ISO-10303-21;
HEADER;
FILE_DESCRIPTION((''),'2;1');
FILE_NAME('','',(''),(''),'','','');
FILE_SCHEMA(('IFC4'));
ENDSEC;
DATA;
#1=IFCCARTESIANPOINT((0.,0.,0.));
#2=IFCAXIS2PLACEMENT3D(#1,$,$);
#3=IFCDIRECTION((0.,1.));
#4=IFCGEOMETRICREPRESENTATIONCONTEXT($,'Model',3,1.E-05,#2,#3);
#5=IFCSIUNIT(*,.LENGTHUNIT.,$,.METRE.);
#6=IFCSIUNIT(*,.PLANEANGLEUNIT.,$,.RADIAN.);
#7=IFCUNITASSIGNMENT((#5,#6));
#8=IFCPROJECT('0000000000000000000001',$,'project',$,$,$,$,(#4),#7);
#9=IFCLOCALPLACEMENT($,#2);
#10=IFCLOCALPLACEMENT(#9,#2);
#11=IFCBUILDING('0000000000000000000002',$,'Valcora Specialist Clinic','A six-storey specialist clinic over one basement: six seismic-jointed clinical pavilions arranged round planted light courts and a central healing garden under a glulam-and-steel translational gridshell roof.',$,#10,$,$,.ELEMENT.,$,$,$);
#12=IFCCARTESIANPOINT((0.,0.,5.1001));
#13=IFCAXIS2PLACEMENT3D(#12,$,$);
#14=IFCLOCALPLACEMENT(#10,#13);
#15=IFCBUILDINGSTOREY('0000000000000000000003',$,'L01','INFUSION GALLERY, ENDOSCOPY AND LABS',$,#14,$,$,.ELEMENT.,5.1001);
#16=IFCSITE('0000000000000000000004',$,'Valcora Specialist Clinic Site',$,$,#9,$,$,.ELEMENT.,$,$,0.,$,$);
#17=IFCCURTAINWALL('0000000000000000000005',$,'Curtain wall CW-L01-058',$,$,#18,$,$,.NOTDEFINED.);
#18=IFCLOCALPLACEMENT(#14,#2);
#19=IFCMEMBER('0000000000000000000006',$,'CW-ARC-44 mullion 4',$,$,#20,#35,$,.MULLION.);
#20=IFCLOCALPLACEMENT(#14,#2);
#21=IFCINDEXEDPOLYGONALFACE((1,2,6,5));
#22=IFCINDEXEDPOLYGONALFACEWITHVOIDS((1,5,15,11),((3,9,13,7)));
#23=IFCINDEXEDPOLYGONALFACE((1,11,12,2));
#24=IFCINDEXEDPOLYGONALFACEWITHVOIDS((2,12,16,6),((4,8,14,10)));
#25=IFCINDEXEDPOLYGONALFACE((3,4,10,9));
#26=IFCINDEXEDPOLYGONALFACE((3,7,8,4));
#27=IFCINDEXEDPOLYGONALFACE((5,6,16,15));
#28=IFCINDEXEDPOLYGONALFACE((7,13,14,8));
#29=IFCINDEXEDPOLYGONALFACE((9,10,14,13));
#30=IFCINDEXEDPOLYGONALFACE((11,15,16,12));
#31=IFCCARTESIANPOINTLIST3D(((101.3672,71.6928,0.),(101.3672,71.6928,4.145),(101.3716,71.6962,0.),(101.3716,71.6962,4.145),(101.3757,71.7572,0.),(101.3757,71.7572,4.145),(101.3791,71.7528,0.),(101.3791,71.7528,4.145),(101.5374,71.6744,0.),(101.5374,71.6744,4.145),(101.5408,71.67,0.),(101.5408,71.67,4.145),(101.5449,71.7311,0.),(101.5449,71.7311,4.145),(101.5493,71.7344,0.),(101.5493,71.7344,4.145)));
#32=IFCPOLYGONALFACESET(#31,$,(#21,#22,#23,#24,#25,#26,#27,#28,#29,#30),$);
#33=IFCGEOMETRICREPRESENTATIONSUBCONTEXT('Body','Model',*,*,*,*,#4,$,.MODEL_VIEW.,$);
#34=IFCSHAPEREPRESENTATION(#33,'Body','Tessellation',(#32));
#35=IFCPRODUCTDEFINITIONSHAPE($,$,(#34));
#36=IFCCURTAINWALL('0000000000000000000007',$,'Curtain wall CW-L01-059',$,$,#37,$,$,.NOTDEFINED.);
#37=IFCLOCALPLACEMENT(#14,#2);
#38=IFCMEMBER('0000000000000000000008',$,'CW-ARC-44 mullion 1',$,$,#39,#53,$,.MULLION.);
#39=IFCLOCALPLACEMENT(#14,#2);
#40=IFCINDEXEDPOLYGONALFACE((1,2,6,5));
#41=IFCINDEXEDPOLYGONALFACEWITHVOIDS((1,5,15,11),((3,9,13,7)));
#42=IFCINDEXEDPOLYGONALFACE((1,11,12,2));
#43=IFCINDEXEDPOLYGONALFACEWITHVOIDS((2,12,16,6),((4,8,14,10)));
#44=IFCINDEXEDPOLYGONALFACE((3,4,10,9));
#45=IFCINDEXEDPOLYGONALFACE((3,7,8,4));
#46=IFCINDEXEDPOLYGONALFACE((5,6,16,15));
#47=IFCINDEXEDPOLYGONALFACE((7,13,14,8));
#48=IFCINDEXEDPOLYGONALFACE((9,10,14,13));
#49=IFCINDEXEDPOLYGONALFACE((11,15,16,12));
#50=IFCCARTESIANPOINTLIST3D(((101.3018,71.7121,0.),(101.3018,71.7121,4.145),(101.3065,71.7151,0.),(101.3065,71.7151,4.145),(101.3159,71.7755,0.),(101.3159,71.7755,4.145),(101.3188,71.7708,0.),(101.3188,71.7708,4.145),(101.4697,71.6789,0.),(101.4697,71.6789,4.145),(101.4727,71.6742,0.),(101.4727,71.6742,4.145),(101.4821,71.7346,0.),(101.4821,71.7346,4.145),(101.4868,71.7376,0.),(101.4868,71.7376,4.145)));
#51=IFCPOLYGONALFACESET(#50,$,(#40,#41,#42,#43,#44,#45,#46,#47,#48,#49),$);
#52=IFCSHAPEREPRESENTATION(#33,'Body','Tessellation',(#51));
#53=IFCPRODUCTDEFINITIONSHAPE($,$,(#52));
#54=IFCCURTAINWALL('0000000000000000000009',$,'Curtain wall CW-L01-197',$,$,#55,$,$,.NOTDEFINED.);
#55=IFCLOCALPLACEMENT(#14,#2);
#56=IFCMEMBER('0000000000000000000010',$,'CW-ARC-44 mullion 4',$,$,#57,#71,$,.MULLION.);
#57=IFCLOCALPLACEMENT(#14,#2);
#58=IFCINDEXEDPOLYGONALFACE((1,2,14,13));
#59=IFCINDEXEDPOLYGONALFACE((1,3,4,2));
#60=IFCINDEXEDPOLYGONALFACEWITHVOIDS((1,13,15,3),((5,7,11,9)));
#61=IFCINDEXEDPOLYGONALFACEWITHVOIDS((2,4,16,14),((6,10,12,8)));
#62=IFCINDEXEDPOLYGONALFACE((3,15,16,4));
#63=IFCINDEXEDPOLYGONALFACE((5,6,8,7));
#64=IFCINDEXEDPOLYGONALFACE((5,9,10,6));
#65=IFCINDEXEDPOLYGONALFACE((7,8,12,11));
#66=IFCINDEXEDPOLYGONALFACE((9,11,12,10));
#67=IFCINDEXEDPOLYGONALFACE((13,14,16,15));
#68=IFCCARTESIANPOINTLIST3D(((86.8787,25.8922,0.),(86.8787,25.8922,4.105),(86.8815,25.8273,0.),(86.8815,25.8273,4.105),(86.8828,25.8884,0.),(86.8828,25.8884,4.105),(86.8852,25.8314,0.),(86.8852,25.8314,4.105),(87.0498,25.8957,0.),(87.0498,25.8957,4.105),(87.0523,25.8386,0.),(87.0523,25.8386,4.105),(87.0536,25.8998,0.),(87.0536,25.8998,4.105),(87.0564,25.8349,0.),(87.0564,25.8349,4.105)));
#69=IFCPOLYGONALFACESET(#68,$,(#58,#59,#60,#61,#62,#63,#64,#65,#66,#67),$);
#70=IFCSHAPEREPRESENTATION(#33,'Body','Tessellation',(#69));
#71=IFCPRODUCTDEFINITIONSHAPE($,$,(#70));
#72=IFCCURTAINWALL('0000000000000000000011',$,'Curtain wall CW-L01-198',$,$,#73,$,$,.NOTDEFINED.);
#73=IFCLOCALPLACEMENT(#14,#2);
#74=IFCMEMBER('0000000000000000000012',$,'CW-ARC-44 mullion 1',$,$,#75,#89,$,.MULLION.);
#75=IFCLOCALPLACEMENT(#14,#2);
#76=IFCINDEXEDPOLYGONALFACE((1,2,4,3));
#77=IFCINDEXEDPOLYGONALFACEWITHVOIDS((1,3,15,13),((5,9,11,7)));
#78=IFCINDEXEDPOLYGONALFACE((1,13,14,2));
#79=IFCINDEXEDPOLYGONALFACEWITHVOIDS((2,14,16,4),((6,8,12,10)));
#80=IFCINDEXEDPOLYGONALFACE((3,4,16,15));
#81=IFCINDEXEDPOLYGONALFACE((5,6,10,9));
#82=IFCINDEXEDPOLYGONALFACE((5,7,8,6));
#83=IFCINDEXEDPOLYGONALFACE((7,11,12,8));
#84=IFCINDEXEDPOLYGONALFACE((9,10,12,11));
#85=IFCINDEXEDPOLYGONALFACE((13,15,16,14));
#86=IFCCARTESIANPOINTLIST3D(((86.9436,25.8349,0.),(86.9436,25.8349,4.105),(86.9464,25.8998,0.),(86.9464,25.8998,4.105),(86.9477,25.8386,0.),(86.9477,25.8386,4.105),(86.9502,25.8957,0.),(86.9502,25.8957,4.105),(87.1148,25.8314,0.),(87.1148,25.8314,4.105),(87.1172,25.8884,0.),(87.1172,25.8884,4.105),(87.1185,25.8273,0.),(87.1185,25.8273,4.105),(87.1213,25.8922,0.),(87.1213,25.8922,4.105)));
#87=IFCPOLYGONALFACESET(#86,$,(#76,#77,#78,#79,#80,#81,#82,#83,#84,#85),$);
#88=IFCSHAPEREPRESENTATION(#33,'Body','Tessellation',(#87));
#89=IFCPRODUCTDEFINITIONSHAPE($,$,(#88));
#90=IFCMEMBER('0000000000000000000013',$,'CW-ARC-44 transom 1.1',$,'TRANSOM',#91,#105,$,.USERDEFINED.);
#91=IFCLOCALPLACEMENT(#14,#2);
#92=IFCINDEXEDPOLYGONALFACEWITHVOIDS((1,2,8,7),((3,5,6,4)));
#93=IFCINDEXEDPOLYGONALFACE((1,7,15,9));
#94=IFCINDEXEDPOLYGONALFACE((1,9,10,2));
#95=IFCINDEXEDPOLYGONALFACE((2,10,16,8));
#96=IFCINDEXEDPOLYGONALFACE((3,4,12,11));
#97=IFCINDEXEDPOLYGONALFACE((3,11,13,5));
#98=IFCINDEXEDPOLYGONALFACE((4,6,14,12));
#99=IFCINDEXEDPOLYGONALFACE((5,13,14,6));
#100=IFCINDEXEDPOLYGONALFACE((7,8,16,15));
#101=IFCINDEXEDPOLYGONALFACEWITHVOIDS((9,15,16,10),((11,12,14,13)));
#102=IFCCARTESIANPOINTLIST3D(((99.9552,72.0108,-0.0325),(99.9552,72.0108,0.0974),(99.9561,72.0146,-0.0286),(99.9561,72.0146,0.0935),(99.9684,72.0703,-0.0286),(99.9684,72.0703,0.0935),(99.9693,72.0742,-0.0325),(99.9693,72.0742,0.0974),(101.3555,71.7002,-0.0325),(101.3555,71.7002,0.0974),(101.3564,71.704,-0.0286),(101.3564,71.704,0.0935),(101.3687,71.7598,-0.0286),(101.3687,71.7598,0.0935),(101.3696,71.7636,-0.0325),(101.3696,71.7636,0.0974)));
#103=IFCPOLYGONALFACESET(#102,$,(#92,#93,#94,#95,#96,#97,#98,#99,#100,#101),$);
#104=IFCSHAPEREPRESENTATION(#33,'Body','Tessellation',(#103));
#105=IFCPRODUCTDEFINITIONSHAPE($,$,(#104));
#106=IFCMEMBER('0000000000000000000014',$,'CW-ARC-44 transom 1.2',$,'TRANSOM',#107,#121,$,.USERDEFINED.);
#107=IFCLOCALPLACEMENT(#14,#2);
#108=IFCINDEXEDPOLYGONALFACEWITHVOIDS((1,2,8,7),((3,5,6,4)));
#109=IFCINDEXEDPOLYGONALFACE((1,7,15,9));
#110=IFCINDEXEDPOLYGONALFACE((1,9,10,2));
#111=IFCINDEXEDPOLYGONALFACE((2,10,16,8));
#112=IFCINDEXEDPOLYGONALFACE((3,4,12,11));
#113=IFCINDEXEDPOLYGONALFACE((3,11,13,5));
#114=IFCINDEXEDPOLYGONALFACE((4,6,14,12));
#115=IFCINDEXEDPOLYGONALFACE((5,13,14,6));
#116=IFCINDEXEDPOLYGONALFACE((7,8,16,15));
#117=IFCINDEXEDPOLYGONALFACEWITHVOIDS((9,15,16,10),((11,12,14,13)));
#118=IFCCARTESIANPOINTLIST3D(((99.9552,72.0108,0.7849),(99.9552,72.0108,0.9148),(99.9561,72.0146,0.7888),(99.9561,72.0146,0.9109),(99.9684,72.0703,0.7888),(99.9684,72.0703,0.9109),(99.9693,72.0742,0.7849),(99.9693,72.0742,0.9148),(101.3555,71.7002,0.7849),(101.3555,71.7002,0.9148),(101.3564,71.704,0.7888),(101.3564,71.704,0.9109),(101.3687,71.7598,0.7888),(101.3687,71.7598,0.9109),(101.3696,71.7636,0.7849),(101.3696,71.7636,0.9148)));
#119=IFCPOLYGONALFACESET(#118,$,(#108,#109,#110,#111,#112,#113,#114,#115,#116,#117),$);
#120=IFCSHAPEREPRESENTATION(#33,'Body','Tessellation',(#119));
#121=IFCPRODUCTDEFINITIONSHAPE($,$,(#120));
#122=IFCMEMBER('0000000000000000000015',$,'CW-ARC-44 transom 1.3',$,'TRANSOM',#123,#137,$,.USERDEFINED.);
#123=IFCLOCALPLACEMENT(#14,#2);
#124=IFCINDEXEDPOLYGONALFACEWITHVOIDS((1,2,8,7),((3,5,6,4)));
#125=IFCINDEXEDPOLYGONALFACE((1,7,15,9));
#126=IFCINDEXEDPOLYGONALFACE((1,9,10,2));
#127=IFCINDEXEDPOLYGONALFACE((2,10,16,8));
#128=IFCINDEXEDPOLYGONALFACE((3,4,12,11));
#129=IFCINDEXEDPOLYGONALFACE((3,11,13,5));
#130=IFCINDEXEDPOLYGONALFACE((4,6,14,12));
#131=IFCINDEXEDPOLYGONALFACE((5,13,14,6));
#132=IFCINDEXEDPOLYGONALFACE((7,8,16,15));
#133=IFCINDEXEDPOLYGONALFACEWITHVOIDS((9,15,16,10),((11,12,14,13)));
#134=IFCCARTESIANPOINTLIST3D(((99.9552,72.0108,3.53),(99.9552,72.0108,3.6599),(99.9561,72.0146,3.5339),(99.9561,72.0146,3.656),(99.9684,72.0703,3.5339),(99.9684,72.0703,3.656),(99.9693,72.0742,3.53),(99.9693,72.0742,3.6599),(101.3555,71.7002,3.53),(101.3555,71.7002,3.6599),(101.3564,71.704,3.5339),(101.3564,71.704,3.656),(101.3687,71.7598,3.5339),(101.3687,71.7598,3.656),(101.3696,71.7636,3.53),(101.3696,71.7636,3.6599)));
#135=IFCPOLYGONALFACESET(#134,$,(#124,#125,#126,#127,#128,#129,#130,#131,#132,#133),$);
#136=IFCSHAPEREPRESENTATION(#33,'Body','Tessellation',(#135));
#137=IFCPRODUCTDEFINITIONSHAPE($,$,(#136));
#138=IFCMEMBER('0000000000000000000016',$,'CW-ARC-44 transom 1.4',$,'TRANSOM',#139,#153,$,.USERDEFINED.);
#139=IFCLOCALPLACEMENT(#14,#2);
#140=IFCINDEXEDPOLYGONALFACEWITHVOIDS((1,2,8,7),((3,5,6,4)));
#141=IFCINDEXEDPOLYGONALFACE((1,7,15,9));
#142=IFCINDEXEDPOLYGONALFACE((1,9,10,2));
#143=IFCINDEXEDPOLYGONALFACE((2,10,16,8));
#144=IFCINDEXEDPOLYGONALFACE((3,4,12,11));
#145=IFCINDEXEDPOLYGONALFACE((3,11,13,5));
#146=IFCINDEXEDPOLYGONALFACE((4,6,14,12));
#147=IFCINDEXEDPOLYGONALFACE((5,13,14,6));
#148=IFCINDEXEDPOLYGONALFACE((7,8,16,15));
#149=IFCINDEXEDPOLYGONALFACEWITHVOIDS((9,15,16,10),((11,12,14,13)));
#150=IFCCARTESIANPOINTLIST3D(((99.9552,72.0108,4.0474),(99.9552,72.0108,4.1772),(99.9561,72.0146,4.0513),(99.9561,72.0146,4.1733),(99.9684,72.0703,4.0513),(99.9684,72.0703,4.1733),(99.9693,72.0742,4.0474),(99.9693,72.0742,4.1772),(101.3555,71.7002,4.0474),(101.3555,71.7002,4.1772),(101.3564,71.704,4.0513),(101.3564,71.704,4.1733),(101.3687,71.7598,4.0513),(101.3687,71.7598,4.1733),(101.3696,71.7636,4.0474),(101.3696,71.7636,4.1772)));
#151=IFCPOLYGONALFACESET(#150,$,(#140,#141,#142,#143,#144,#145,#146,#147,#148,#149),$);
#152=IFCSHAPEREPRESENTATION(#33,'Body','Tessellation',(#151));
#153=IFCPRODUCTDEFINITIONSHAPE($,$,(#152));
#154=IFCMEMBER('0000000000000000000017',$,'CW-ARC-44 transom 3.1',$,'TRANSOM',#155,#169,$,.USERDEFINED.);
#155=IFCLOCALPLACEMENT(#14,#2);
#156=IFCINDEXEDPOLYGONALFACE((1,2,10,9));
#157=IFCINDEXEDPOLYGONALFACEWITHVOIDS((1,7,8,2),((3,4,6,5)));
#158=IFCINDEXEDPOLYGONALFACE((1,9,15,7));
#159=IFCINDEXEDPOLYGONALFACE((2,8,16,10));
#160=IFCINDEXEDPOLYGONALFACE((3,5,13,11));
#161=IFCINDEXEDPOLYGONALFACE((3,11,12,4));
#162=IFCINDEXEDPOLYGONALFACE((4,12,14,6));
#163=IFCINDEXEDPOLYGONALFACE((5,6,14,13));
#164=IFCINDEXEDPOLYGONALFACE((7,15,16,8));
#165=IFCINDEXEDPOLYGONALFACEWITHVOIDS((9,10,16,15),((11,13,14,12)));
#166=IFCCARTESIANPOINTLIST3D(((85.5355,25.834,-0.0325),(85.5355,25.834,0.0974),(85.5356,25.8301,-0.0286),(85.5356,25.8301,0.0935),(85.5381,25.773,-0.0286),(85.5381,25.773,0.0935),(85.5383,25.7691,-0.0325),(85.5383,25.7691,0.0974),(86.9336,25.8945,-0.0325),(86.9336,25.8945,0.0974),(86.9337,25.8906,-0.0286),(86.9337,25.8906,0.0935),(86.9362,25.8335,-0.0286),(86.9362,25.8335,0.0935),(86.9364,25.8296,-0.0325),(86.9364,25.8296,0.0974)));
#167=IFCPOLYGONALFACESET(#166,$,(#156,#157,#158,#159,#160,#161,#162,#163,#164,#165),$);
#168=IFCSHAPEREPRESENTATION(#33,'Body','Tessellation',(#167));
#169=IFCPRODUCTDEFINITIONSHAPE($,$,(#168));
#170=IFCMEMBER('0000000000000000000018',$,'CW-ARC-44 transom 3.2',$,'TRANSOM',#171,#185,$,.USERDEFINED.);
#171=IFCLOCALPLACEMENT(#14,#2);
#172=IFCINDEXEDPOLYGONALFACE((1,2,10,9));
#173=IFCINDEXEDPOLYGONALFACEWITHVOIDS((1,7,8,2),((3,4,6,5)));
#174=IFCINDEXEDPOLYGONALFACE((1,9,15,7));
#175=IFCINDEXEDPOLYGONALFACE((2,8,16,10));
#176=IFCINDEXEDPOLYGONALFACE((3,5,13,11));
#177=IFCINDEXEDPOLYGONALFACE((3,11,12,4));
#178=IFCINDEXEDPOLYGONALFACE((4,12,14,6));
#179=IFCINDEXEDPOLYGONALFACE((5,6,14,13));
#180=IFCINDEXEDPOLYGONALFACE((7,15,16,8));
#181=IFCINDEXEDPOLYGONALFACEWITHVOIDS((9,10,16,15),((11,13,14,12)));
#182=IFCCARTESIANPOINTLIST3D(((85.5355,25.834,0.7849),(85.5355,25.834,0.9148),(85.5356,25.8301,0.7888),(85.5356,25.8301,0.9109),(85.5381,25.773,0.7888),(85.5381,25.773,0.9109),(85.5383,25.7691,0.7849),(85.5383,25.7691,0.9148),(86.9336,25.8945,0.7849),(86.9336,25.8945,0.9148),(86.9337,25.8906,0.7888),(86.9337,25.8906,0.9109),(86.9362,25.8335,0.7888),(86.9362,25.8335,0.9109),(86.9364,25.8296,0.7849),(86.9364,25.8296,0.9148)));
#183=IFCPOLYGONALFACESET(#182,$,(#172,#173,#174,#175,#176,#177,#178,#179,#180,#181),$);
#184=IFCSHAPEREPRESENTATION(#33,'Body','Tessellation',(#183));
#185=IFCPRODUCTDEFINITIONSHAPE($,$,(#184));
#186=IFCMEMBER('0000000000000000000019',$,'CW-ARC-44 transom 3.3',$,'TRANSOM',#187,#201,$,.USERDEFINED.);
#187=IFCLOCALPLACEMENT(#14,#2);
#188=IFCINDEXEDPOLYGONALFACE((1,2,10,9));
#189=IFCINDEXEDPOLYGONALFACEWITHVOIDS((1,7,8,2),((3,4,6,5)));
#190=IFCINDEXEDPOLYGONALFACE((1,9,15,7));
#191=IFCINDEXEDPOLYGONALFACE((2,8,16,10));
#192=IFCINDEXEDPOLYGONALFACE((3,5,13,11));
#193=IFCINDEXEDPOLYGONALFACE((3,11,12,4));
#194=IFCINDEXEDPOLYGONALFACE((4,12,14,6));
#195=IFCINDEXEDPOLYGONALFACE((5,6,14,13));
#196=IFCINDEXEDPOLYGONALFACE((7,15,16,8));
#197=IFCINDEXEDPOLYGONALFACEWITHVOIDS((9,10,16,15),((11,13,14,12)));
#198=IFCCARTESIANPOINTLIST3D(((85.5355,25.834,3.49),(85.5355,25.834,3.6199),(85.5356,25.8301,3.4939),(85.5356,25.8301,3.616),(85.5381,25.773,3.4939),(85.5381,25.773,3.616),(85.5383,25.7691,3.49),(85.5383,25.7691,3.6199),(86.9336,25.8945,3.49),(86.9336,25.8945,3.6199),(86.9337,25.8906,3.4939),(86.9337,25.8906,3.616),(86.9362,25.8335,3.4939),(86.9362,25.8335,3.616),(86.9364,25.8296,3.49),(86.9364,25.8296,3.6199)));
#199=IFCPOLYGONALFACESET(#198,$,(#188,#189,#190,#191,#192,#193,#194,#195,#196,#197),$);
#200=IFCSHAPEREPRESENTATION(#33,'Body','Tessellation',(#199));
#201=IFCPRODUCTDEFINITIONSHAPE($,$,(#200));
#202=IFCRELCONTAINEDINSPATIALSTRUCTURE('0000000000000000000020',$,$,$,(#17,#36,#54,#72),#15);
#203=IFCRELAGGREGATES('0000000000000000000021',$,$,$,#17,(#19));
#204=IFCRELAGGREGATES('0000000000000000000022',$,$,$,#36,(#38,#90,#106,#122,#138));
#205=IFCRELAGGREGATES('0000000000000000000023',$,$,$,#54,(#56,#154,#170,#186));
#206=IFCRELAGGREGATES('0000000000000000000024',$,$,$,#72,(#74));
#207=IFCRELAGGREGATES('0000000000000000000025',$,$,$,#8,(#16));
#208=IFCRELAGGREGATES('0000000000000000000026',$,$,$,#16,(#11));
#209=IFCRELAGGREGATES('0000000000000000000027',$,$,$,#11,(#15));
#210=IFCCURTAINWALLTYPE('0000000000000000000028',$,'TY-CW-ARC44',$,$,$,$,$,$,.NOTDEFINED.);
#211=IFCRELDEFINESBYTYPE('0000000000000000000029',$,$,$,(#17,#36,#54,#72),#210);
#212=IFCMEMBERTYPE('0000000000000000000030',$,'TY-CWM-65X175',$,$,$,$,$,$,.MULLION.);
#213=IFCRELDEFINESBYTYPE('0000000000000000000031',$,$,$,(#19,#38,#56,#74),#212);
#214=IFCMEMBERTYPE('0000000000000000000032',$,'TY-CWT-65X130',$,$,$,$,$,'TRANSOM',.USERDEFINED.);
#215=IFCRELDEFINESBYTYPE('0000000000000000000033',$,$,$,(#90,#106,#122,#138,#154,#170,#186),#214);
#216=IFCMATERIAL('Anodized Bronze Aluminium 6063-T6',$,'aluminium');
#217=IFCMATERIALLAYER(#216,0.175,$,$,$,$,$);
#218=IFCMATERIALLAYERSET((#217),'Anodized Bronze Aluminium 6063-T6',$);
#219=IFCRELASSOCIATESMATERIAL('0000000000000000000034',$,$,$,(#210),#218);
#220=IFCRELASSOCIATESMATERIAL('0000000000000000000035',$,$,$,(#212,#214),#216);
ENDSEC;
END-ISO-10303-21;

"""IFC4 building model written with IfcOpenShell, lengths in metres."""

from ifc_helpers import new_model, si_unit, direction, frame, origin, origin_2d, place, context, subcontext, project, spatial, hollow_rectangle, extrude, material, layer, layer_set, material_profile, profile_set, type_object, element, aggregate, save


model = new_model("IFC4")

# Units and contexts
model_context = context("Model", 3, precision=1e-05, world=origin(), true_north=direction((0.0, 1.0)))
body_context = subcontext(model_context, "Body", "Model", "MODEL_VIEW")
ifc_project = project(units=[si_unit("LENGTHUNIT", "METRE"), si_unit("PLANEANGLEUNIT", "RADIAN")], contexts=[model_context])

# Site, building, storey
site_placement = place(None, origin())
site = spatial("IfcSite", under=ifc_project, at=site_placement, Name="Valcora Specialist Clinic Site", CompositionType="ELEMENT", RefElevation=0.0)
building_placement = place(site_placement, origin())
building = spatial("IfcBuilding", under=site, at=building_placement, Name="Valcora Specialist Clinic", Description="A six-storey specialist clinic over one basement: six seismic-jointed clinical pavilions arranged round planted light courts and a central healing garden under a glulam-and-steel translational gridshell roof.", CompositionType="ELEMENT")
storey_placement = place(building_placement, frame((0.0, 0.0, 5.1001)))
storey = spatial("IfcBuildingStorey", under=building, at=storey_placement, Name="L01", Description="INFUSION GALLERY, ENDOSCOPY AND LABS", CompositionType="ELEMENT", Elevation=5.1001)

# Curtain walls, members
ifc_material_1 = material(Name="Anodized Bronze Aluminium 6063-T6", Category="aluminium")
ifc_layer_1 = layer(ifc_material_1, 0.175)
ifc_layer_set_1 = layer_set([ifc_layer_1], Name="Anodized Bronze Aluminium 6063-T6")
curtain_wall_type = type_object("IfcCurtainWallType", Name="TY-CW-ARC44", PredefinedType="NOTDEFINED", material=ifc_layer_set_1)
curtain_wall_1_placement = place(storey_placement, origin())
curtain_wall_1 = element("IfcCurtainWall", 1, at=curtain_wall_1_placement, inside=storey, type_object=curtain_wall_type, Name="Curtain wall CW-L01-058", PredefinedType="NOTDEFINED")
ifc_material_profile_1 = material_profile(ifc_material_1, hollow_rectangle(XDim=0.0649, YDim=0.175, WallThickness=0.0039, at=origin_2d()), Name="AL-MUL-65X175")
ifc_profile_set_1 = profile_set([ifc_material_profile_1], Name="Anodized Bronze Aluminium 6063-T6")
member_type_1 = type_object("IfcMemberType", Name="TY-CWM-65X175", PredefinedType="MULLION", material=ifc_profile_set_1)
member_1_placement = place(storey_placement, frame((101.4583, 71.7136, 0.0), z_axis=(0.0, 0.0, 1.0), x_axis=(-0.129999, -0.991514, 0.0)))
member_1 = element("IfcMember", 2, at=member_1_placement, type_object=member_type_1, Name="CW-ARC-44 mullion 4", PredefinedType="MULLION", context=body_context, shape_type="SweptSolid", body=[
    extrude(hollow_rectangle(XDim=0.0649, YDim=0.175, WallThickness=0.0039, at=origin_2d()), origin(), (0.0, 0.0, 1.0), 4.145),
])
aggregate(curtain_wall_1, [member_1])
curtain_wall_2_placement = place(storey_placement, origin())
curtain_wall_2 = element("IfcCurtainWall", 3, at=curtain_wall_2_placement, inside=storey, type_object=curtain_wall_type, Name="Curtain wall CW-L01-059", PredefinedType="NOTDEFINED")
member_2_placement = place(storey_placement, frame((101.3943, 71.7249, 0.0), z_axis=(0.0, 0.0, 1.0), x_axis=(-0.216518, -0.976279, 0.0)))
member_2 = element("IfcMember", 4, at=member_2_placement, type_object=member_type_1, Name="CW-ARC-44 mullion 1", PredefinedType="MULLION", context=body_context, shape_type="SweptSolid", body=[
    extrude(hollow_rectangle(XDim=0.0649, YDim=0.175, WallThickness=0.0039, at=origin_2d()), origin(), (0.0, 0.0, 1.0), 4.145),
])
curtain_wall_3_placement = place(storey_placement, origin())
curtain_wall_3 = element("IfcCurtainWall", 5, at=curtain_wall_3_placement, inside=storey, type_object=curtain_wall_type, Name="Curtain wall CW-L01-197", PredefinedType="NOTDEFINED")
member_3_placement = place(storey_placement, frame((86.9675, 25.8635, 0.0), z_axis=(0.0, 0.0, 1.0), x_axis=(-0.043307, 0.999062, 0.0)))
member_3 = element("IfcMember", 6, at=member_3_placement, type_object=member_type_1, Name="CW-ARC-44 mullion 4", PredefinedType="MULLION", context=body_context, shape_type="SweptSolid", body=[
    extrude(hollow_rectangle(XDim=0.0649, YDim=0.175, WallThickness=0.0039, at=origin_2d()), origin(), (0.0, 0.0, 1.0), 4.105),
])
curtain_wall_4_placement = place(storey_placement, origin())
curtain_wall_4 = element("IfcCurtainWall", 7, at=curtain_wall_4_placement, inside=storey, type_object=curtain_wall_type, Name="Curtain wall CW-L01-198", PredefinedType="NOTDEFINED")
member_4_placement = place(storey_placement, frame((87.0325, 25.8635, 0.0), z_axis=(0.0, 0.0, 1.0), x_axis=(0.043307, 0.999062, 0.0)))
member_4 = element("IfcMember", 8, at=member_4_placement, type_object=member_type_1, Name="CW-ARC-44 mullion 1", PredefinedType="MULLION", context=body_context, shape_type="SweptSolid", body=[
    extrude(hollow_rectangle(XDim=0.0649, YDim=0.175, WallThickness=0.0039, at=origin_2d()), origin(), (0.0, 0.0, 1.0), 4.105),
])

# Members
ifc_material_profile_2 = material_profile(ifc_material_1, hollow_rectangle(XDim=0.0649, YDim=0.1299, WallThickness=0.0039, at=origin_2d()), Name="AL-TRN-65X130")
ifc_profile_set_2 = profile_set([ifc_material_profile_2], Name="Anodized Bronze Aluminium 6063-T6")
member_type_2 = type_object("IfcMemberType", Name="TY-CWT-65X130", ElementType="TRANSOM", PredefinedType="USERDEFINED", material=ifc_profile_set_2)
member_5_placement = place(storey_placement, frame((101.3625, 71.7319, 0.0325), z_axis=(-0.976283, 0.216498, 0.0), x_axis=(-0.216498, -0.976283, 0.0)))
member_5 = element("IfcMember", 9, at=member_5_placement, type_object=member_type_2, Name="CW-ARC-44 transom 1.1", ObjectType="TRANSOM", PredefinedType="USERDEFINED", context=body_context, shape_type="SweptSolid", body=[
    extrude(hollow_rectangle(XDim=0.0649, YDim=0.1299, WallThickness=0.0039, at=origin_2d()), origin(), (0.0, 0.0, 1.0), 1.4343),
])
member_6_placement = place(storey_placement, frame((101.3625, 71.7319, 0.8499), z_axis=(-0.976283, 0.216498, 0.0), x_axis=(-0.216498, -0.976283, 0.0)))
member_6 = element("IfcMember", 10, at=member_6_placement, type_object=member_type_2, Name="CW-ARC-44 transom 1.2", ObjectType="TRANSOM", PredefinedType="USERDEFINED", context=body_context, shape_type="SweptSolid", body=[
    extrude(hollow_rectangle(XDim=0.0649, YDim=0.1299, WallThickness=0.0039, at=origin_2d()), origin(), (0.0, 0.0, 1.0), 1.4343),
])
member_7_placement = place(storey_placement, frame((101.3625, 71.7319, 3.595), z_axis=(-0.976283, 0.216498, 0.0), x_axis=(-0.216498, -0.976283, 0.0)))
member_7 = element("IfcMember", 11, at=member_7_placement, type_object=member_type_2, Name="CW-ARC-44 transom 1.3", ObjectType="TRANSOM", PredefinedType="USERDEFINED", context=body_context, shape_type="SweptSolid", body=[
    extrude(hollow_rectangle(XDim=0.0649, YDim=0.1299, WallThickness=0.0039, at=origin_2d()), origin(), (0.0, 0.0, 1.0), 1.4343),
])
member_8_placement = place(storey_placement, frame((101.3625, 71.7319, 4.1123), z_axis=(-0.976283, 0.216498, 0.0), x_axis=(-0.216498, -0.976283, 0.0)))
member_8 = element("IfcMember", 12, at=member_8_placement, type_object=member_type_2, Name="CW-ARC-44 transom 1.4", ObjectType="TRANSOM", PredefinedType="USERDEFINED", context=body_context, shape_type="SweptSolid", body=[
    extrude(hollow_rectangle(XDim=0.0649, YDim=0.1299, WallThickness=0.0039, at=origin_2d()), origin(), (0.0, 0.0, 1.0), 1.4343),
])
member_9_placement = place(storey_placement, frame((85.5369, 25.8015, 0.0325), z_axis=(0.999064, 0.043263, 0.0), x_axis=(-0.043263, 0.999064, 0.0)))
member_9 = element("IfcMember", 13, at=member_9_placement, type_object=member_type_2, Name="CW-ARC-44 transom 3.1", ObjectType="TRANSOM", PredefinedType="USERDEFINED", context=body_context, shape_type="SweptSolid", body=[
    extrude(hollow_rectangle(XDim=0.0649, YDim=0.1299, WallThickness=0.0039, at=origin_2d()), origin(), (0.0, 0.0, 1.0), 1.3994),
])
member_10_placement = place(storey_placement, frame((85.5369, 25.8015, 0.8499), z_axis=(0.999064, 0.043263, 0.0), x_axis=(-0.043263, 0.999064, 0.0)))
member_10 = element("IfcMember", 14, at=member_10_placement, type_object=member_type_2, Name="CW-ARC-44 transom 3.2", ObjectType="TRANSOM", PredefinedType="USERDEFINED", context=body_context, shape_type="SweptSolid", body=[
    extrude(hollow_rectangle(XDim=0.0649, YDim=0.1299, WallThickness=0.0039, at=origin_2d()), origin(), (0.0, 0.0, 1.0), 1.3994),
])
member_11_placement = place(storey_placement, frame((85.5369, 25.8015, 3.5549), z_axis=(0.999064, 0.043263, 0.0), x_axis=(-0.043263, 0.999064, 0.0)))
member_11 = element("IfcMember", 15, at=member_11_placement, type_object=member_type_2, Name="CW-ARC-44 transom 3.3", ObjectType="TRANSOM", PredefinedType="USERDEFINED", context=body_context, shape_type="SweptSolid", body=[
    extrude(hollow_rectangle(XDim=0.0649, YDim=0.1299, WallThickness=0.0039, at=origin_2d()), origin(), (0.0, 0.0, 1.0), 1.3994),
])

aggregate(curtain_wall_2, [member_2, member_5, member_6, member_7, member_8])
aggregate(curtain_wall_3, [member_3, member_9, member_10, member_11])
aggregate(curtain_wall_4, [member_4])

save(model, "model.ifc")
